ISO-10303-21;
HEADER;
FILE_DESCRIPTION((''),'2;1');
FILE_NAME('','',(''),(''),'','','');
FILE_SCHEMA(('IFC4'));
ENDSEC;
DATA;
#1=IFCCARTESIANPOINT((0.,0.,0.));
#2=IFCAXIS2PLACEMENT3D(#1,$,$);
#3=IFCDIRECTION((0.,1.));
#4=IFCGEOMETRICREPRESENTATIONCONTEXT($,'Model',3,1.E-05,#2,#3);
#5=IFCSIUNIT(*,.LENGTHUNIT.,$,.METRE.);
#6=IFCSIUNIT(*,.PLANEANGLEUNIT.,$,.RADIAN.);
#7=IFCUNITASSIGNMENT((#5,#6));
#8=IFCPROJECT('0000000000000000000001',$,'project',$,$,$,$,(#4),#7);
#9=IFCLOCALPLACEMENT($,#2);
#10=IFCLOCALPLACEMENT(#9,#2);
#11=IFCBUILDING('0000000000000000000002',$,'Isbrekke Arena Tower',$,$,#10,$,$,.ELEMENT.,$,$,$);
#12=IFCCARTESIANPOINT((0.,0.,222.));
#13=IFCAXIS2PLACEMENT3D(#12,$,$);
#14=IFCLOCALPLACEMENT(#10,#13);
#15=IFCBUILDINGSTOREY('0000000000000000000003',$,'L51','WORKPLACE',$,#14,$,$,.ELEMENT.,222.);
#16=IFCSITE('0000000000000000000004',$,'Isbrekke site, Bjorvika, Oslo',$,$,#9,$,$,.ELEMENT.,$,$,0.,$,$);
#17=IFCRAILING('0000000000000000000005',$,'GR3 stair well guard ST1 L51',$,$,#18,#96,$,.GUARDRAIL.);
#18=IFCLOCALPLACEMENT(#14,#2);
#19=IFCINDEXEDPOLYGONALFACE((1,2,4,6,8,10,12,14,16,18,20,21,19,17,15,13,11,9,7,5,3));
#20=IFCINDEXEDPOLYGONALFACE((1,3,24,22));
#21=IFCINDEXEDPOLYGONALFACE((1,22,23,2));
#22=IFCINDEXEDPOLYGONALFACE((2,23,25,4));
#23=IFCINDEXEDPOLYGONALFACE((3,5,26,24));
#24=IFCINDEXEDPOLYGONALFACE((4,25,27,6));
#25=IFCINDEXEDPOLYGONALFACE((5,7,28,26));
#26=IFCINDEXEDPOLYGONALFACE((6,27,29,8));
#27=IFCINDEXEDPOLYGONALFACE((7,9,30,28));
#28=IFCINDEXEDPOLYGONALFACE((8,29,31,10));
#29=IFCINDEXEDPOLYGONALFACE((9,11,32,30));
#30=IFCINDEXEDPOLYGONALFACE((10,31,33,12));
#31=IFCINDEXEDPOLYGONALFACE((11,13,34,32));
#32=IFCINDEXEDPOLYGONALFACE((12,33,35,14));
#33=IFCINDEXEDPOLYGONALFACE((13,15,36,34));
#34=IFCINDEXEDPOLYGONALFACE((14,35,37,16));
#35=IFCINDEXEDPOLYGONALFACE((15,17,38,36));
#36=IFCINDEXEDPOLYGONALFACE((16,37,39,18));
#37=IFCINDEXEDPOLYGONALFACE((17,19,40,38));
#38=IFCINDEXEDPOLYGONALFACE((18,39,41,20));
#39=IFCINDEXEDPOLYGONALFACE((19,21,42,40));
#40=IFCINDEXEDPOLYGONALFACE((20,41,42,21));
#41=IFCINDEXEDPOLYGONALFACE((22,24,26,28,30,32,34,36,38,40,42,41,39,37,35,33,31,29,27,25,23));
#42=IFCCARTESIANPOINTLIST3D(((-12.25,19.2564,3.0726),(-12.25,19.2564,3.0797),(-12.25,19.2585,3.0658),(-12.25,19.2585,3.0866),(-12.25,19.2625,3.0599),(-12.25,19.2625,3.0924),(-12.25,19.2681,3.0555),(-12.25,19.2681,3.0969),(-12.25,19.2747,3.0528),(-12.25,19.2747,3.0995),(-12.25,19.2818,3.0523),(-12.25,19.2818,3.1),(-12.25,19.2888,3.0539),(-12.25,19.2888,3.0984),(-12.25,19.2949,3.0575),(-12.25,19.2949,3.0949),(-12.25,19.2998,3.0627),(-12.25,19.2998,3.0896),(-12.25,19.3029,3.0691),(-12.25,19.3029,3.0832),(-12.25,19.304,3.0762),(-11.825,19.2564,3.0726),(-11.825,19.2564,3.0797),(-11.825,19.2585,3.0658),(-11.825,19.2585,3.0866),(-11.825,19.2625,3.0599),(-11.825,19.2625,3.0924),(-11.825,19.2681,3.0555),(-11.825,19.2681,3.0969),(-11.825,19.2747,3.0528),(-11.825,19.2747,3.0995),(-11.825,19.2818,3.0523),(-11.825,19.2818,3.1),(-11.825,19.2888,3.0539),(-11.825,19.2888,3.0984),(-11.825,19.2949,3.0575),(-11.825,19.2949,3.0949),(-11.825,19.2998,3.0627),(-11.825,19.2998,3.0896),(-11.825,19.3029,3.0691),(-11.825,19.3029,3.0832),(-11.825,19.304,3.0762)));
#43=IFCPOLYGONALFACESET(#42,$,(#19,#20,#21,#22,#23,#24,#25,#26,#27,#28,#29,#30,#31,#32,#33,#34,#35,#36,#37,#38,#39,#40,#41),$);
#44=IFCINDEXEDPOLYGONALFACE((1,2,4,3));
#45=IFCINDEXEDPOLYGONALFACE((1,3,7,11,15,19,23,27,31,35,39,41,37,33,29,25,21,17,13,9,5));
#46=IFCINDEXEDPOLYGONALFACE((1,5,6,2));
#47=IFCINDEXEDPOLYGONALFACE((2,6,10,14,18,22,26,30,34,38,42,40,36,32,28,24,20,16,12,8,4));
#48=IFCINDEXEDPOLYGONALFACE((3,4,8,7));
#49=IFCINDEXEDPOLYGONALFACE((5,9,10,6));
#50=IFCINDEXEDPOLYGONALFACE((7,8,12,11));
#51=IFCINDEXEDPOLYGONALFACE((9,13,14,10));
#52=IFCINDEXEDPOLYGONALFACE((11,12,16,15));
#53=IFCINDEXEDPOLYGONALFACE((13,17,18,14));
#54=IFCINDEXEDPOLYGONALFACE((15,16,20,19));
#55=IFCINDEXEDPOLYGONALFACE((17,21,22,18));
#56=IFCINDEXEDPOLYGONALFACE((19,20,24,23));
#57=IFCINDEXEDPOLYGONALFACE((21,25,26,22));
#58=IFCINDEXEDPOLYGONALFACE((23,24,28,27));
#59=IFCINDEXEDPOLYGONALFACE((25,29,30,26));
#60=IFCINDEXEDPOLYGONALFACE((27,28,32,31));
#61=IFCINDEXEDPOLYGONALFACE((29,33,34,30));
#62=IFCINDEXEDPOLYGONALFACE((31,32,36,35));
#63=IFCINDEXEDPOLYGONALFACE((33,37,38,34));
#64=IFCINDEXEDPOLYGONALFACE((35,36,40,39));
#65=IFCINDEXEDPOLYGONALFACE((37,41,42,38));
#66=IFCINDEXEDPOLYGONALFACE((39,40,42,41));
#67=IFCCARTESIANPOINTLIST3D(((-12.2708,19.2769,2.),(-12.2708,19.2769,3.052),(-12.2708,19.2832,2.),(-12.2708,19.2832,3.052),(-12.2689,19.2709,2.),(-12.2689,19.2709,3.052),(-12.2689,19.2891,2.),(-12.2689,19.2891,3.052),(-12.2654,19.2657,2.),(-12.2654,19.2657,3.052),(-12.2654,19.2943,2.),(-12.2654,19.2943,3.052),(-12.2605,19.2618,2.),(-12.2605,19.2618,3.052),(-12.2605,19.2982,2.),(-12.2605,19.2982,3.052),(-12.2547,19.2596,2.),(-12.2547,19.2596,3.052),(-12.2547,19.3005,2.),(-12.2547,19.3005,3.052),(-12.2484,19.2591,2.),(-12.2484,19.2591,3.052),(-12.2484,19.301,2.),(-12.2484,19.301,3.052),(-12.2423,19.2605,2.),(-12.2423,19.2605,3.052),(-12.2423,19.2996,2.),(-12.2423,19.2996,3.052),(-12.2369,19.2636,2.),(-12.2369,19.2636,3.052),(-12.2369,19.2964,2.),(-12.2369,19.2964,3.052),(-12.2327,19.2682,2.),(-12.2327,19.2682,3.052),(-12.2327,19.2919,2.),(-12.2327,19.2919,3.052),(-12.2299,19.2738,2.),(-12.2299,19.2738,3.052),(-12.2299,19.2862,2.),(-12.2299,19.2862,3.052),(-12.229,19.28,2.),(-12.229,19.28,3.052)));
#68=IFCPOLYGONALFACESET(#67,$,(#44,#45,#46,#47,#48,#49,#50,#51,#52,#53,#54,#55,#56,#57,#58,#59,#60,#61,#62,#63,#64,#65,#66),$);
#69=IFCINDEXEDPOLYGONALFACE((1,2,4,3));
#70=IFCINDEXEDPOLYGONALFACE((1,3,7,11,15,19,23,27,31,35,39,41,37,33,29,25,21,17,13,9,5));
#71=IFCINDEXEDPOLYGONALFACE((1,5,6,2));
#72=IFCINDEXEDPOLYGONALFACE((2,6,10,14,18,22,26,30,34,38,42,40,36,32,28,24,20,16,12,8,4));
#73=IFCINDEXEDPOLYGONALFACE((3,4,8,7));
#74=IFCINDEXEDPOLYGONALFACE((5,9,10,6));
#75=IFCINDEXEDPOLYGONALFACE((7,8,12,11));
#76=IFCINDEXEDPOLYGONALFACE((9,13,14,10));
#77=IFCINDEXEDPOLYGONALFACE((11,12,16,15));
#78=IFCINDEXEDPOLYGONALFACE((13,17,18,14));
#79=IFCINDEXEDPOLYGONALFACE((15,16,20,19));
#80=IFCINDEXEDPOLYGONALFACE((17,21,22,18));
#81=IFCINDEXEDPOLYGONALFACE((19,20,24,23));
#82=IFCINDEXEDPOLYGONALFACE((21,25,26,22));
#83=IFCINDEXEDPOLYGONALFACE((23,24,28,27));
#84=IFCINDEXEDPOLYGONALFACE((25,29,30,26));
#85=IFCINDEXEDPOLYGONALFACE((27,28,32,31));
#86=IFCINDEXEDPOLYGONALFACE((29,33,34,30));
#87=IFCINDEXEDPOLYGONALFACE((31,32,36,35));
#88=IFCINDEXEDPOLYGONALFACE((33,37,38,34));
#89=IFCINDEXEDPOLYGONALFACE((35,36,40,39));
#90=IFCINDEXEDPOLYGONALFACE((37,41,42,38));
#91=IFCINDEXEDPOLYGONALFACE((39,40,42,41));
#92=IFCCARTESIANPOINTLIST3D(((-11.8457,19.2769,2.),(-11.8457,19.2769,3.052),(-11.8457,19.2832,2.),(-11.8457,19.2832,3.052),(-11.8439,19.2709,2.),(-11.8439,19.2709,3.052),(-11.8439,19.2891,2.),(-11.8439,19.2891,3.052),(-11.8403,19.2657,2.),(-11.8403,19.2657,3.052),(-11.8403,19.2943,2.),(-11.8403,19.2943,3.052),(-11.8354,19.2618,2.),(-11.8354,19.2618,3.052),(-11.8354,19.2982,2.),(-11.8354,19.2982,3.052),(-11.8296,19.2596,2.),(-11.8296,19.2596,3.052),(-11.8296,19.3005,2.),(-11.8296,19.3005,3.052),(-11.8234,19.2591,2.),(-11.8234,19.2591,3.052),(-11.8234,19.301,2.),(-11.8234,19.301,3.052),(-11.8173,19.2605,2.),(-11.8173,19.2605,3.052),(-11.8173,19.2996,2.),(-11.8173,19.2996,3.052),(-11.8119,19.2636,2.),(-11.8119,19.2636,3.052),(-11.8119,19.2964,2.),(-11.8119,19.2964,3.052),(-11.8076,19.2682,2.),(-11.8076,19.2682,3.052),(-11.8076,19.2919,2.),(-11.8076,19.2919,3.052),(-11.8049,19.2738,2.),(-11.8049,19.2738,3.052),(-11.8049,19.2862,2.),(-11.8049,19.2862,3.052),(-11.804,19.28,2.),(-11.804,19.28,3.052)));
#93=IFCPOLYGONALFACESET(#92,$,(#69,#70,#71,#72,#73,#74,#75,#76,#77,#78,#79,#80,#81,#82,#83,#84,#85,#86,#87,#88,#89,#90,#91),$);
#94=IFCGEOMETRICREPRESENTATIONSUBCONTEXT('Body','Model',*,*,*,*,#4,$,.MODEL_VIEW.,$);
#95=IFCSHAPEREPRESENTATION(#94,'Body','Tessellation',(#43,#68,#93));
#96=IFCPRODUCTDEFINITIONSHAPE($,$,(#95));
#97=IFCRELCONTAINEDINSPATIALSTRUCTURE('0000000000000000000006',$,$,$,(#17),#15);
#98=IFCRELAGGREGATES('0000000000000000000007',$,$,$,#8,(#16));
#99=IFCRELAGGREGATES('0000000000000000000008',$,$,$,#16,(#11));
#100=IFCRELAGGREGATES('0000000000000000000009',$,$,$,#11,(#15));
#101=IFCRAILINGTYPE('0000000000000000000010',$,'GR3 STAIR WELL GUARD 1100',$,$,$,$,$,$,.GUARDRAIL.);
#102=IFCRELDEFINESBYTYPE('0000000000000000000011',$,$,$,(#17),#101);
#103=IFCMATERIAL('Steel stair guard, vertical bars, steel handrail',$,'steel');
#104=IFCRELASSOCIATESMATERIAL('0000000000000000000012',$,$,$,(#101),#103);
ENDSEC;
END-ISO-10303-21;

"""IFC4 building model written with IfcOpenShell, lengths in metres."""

from ifc_helpers import new_model, si_unit, direction, frame, origin, origin_2d, place, context, subcontext, project, spatial, circle, extrude, material, type_object, element, save


model = new_model("IFC4")

# Units and contexts
model_context = context("Model", 3, precision=1e-05, world=origin(), true_north=direction((0.0, 1.0)))
body_context = subcontext(model_context, "Body", "Model", "MODEL_VIEW")
ifc_project = project(units=[si_unit("LENGTHUNIT", "METRE"), si_unit("PLANEANGLEUNIT", "RADIAN")], contexts=[model_context])

# Site, building, storey
site_placement = place(None, origin())
site = spatial("IfcSite", under=ifc_project, at=site_placement, Name="Isbrekke site, Bjorvika, Oslo", CompositionType="ELEMENT", RefElevation=0.0)
building_placement = place(site_placement, origin())
building = spatial("IfcBuilding", under=site, at=building_placement, Name="Isbrekke Arena Tower", CompositionType="ELEMENT")
storey_placement = place(building_placement, frame((0.0, 0.0, 222.0)))
storey = spatial("IfcBuildingStorey", under=building, at=storey_placement, Name="L51", Description="WORKPLACE", CompositionType="ELEMENT", Elevation=222.0)

# Railing
ifc_material_1 = material(Name="Steel stair guard, vertical bars, steel handrail", Category="steel")
railing_type = type_object("IfcRailingType", Name="GR3 STAIR WELL GUARD 1100", PredefinedType="GUARDRAIL", material=ifc_material_1)
for number, where, name in (
    (1, (-12.25, 19.28, 2.0), "GR3 stair well guard ST1 L51"),
):
    element("IfcRailing", number, at=place(storey_placement, frame(where)), inside=storey, type_object=railing_type, Name=name, PredefinedType="GUARDRAIL", context=body_context, shape_type="SweptSolid", body=[
        extrude(circle(Radius=0.0239, at=origin_2d()), frame((0.0, 0.0, 1.0762), z_axis=(1.0, 0.0, 0.0), x_axis=(0.0, 1.0, 0.0)), (0.0, 0.0, 1.0), 0.425),
        extrude(circle(Radius=0.021, at=origin_2d()), origin(), (0.0, 0.0, 1.0), 1.052),
        extrude(circle(Radius=0.021, at=origin_2d()), frame((0.425, 0.0, 0.0)), (0.0, 0.0, 1.0), 1.052),
    ])

save(model, "model.ifc")
